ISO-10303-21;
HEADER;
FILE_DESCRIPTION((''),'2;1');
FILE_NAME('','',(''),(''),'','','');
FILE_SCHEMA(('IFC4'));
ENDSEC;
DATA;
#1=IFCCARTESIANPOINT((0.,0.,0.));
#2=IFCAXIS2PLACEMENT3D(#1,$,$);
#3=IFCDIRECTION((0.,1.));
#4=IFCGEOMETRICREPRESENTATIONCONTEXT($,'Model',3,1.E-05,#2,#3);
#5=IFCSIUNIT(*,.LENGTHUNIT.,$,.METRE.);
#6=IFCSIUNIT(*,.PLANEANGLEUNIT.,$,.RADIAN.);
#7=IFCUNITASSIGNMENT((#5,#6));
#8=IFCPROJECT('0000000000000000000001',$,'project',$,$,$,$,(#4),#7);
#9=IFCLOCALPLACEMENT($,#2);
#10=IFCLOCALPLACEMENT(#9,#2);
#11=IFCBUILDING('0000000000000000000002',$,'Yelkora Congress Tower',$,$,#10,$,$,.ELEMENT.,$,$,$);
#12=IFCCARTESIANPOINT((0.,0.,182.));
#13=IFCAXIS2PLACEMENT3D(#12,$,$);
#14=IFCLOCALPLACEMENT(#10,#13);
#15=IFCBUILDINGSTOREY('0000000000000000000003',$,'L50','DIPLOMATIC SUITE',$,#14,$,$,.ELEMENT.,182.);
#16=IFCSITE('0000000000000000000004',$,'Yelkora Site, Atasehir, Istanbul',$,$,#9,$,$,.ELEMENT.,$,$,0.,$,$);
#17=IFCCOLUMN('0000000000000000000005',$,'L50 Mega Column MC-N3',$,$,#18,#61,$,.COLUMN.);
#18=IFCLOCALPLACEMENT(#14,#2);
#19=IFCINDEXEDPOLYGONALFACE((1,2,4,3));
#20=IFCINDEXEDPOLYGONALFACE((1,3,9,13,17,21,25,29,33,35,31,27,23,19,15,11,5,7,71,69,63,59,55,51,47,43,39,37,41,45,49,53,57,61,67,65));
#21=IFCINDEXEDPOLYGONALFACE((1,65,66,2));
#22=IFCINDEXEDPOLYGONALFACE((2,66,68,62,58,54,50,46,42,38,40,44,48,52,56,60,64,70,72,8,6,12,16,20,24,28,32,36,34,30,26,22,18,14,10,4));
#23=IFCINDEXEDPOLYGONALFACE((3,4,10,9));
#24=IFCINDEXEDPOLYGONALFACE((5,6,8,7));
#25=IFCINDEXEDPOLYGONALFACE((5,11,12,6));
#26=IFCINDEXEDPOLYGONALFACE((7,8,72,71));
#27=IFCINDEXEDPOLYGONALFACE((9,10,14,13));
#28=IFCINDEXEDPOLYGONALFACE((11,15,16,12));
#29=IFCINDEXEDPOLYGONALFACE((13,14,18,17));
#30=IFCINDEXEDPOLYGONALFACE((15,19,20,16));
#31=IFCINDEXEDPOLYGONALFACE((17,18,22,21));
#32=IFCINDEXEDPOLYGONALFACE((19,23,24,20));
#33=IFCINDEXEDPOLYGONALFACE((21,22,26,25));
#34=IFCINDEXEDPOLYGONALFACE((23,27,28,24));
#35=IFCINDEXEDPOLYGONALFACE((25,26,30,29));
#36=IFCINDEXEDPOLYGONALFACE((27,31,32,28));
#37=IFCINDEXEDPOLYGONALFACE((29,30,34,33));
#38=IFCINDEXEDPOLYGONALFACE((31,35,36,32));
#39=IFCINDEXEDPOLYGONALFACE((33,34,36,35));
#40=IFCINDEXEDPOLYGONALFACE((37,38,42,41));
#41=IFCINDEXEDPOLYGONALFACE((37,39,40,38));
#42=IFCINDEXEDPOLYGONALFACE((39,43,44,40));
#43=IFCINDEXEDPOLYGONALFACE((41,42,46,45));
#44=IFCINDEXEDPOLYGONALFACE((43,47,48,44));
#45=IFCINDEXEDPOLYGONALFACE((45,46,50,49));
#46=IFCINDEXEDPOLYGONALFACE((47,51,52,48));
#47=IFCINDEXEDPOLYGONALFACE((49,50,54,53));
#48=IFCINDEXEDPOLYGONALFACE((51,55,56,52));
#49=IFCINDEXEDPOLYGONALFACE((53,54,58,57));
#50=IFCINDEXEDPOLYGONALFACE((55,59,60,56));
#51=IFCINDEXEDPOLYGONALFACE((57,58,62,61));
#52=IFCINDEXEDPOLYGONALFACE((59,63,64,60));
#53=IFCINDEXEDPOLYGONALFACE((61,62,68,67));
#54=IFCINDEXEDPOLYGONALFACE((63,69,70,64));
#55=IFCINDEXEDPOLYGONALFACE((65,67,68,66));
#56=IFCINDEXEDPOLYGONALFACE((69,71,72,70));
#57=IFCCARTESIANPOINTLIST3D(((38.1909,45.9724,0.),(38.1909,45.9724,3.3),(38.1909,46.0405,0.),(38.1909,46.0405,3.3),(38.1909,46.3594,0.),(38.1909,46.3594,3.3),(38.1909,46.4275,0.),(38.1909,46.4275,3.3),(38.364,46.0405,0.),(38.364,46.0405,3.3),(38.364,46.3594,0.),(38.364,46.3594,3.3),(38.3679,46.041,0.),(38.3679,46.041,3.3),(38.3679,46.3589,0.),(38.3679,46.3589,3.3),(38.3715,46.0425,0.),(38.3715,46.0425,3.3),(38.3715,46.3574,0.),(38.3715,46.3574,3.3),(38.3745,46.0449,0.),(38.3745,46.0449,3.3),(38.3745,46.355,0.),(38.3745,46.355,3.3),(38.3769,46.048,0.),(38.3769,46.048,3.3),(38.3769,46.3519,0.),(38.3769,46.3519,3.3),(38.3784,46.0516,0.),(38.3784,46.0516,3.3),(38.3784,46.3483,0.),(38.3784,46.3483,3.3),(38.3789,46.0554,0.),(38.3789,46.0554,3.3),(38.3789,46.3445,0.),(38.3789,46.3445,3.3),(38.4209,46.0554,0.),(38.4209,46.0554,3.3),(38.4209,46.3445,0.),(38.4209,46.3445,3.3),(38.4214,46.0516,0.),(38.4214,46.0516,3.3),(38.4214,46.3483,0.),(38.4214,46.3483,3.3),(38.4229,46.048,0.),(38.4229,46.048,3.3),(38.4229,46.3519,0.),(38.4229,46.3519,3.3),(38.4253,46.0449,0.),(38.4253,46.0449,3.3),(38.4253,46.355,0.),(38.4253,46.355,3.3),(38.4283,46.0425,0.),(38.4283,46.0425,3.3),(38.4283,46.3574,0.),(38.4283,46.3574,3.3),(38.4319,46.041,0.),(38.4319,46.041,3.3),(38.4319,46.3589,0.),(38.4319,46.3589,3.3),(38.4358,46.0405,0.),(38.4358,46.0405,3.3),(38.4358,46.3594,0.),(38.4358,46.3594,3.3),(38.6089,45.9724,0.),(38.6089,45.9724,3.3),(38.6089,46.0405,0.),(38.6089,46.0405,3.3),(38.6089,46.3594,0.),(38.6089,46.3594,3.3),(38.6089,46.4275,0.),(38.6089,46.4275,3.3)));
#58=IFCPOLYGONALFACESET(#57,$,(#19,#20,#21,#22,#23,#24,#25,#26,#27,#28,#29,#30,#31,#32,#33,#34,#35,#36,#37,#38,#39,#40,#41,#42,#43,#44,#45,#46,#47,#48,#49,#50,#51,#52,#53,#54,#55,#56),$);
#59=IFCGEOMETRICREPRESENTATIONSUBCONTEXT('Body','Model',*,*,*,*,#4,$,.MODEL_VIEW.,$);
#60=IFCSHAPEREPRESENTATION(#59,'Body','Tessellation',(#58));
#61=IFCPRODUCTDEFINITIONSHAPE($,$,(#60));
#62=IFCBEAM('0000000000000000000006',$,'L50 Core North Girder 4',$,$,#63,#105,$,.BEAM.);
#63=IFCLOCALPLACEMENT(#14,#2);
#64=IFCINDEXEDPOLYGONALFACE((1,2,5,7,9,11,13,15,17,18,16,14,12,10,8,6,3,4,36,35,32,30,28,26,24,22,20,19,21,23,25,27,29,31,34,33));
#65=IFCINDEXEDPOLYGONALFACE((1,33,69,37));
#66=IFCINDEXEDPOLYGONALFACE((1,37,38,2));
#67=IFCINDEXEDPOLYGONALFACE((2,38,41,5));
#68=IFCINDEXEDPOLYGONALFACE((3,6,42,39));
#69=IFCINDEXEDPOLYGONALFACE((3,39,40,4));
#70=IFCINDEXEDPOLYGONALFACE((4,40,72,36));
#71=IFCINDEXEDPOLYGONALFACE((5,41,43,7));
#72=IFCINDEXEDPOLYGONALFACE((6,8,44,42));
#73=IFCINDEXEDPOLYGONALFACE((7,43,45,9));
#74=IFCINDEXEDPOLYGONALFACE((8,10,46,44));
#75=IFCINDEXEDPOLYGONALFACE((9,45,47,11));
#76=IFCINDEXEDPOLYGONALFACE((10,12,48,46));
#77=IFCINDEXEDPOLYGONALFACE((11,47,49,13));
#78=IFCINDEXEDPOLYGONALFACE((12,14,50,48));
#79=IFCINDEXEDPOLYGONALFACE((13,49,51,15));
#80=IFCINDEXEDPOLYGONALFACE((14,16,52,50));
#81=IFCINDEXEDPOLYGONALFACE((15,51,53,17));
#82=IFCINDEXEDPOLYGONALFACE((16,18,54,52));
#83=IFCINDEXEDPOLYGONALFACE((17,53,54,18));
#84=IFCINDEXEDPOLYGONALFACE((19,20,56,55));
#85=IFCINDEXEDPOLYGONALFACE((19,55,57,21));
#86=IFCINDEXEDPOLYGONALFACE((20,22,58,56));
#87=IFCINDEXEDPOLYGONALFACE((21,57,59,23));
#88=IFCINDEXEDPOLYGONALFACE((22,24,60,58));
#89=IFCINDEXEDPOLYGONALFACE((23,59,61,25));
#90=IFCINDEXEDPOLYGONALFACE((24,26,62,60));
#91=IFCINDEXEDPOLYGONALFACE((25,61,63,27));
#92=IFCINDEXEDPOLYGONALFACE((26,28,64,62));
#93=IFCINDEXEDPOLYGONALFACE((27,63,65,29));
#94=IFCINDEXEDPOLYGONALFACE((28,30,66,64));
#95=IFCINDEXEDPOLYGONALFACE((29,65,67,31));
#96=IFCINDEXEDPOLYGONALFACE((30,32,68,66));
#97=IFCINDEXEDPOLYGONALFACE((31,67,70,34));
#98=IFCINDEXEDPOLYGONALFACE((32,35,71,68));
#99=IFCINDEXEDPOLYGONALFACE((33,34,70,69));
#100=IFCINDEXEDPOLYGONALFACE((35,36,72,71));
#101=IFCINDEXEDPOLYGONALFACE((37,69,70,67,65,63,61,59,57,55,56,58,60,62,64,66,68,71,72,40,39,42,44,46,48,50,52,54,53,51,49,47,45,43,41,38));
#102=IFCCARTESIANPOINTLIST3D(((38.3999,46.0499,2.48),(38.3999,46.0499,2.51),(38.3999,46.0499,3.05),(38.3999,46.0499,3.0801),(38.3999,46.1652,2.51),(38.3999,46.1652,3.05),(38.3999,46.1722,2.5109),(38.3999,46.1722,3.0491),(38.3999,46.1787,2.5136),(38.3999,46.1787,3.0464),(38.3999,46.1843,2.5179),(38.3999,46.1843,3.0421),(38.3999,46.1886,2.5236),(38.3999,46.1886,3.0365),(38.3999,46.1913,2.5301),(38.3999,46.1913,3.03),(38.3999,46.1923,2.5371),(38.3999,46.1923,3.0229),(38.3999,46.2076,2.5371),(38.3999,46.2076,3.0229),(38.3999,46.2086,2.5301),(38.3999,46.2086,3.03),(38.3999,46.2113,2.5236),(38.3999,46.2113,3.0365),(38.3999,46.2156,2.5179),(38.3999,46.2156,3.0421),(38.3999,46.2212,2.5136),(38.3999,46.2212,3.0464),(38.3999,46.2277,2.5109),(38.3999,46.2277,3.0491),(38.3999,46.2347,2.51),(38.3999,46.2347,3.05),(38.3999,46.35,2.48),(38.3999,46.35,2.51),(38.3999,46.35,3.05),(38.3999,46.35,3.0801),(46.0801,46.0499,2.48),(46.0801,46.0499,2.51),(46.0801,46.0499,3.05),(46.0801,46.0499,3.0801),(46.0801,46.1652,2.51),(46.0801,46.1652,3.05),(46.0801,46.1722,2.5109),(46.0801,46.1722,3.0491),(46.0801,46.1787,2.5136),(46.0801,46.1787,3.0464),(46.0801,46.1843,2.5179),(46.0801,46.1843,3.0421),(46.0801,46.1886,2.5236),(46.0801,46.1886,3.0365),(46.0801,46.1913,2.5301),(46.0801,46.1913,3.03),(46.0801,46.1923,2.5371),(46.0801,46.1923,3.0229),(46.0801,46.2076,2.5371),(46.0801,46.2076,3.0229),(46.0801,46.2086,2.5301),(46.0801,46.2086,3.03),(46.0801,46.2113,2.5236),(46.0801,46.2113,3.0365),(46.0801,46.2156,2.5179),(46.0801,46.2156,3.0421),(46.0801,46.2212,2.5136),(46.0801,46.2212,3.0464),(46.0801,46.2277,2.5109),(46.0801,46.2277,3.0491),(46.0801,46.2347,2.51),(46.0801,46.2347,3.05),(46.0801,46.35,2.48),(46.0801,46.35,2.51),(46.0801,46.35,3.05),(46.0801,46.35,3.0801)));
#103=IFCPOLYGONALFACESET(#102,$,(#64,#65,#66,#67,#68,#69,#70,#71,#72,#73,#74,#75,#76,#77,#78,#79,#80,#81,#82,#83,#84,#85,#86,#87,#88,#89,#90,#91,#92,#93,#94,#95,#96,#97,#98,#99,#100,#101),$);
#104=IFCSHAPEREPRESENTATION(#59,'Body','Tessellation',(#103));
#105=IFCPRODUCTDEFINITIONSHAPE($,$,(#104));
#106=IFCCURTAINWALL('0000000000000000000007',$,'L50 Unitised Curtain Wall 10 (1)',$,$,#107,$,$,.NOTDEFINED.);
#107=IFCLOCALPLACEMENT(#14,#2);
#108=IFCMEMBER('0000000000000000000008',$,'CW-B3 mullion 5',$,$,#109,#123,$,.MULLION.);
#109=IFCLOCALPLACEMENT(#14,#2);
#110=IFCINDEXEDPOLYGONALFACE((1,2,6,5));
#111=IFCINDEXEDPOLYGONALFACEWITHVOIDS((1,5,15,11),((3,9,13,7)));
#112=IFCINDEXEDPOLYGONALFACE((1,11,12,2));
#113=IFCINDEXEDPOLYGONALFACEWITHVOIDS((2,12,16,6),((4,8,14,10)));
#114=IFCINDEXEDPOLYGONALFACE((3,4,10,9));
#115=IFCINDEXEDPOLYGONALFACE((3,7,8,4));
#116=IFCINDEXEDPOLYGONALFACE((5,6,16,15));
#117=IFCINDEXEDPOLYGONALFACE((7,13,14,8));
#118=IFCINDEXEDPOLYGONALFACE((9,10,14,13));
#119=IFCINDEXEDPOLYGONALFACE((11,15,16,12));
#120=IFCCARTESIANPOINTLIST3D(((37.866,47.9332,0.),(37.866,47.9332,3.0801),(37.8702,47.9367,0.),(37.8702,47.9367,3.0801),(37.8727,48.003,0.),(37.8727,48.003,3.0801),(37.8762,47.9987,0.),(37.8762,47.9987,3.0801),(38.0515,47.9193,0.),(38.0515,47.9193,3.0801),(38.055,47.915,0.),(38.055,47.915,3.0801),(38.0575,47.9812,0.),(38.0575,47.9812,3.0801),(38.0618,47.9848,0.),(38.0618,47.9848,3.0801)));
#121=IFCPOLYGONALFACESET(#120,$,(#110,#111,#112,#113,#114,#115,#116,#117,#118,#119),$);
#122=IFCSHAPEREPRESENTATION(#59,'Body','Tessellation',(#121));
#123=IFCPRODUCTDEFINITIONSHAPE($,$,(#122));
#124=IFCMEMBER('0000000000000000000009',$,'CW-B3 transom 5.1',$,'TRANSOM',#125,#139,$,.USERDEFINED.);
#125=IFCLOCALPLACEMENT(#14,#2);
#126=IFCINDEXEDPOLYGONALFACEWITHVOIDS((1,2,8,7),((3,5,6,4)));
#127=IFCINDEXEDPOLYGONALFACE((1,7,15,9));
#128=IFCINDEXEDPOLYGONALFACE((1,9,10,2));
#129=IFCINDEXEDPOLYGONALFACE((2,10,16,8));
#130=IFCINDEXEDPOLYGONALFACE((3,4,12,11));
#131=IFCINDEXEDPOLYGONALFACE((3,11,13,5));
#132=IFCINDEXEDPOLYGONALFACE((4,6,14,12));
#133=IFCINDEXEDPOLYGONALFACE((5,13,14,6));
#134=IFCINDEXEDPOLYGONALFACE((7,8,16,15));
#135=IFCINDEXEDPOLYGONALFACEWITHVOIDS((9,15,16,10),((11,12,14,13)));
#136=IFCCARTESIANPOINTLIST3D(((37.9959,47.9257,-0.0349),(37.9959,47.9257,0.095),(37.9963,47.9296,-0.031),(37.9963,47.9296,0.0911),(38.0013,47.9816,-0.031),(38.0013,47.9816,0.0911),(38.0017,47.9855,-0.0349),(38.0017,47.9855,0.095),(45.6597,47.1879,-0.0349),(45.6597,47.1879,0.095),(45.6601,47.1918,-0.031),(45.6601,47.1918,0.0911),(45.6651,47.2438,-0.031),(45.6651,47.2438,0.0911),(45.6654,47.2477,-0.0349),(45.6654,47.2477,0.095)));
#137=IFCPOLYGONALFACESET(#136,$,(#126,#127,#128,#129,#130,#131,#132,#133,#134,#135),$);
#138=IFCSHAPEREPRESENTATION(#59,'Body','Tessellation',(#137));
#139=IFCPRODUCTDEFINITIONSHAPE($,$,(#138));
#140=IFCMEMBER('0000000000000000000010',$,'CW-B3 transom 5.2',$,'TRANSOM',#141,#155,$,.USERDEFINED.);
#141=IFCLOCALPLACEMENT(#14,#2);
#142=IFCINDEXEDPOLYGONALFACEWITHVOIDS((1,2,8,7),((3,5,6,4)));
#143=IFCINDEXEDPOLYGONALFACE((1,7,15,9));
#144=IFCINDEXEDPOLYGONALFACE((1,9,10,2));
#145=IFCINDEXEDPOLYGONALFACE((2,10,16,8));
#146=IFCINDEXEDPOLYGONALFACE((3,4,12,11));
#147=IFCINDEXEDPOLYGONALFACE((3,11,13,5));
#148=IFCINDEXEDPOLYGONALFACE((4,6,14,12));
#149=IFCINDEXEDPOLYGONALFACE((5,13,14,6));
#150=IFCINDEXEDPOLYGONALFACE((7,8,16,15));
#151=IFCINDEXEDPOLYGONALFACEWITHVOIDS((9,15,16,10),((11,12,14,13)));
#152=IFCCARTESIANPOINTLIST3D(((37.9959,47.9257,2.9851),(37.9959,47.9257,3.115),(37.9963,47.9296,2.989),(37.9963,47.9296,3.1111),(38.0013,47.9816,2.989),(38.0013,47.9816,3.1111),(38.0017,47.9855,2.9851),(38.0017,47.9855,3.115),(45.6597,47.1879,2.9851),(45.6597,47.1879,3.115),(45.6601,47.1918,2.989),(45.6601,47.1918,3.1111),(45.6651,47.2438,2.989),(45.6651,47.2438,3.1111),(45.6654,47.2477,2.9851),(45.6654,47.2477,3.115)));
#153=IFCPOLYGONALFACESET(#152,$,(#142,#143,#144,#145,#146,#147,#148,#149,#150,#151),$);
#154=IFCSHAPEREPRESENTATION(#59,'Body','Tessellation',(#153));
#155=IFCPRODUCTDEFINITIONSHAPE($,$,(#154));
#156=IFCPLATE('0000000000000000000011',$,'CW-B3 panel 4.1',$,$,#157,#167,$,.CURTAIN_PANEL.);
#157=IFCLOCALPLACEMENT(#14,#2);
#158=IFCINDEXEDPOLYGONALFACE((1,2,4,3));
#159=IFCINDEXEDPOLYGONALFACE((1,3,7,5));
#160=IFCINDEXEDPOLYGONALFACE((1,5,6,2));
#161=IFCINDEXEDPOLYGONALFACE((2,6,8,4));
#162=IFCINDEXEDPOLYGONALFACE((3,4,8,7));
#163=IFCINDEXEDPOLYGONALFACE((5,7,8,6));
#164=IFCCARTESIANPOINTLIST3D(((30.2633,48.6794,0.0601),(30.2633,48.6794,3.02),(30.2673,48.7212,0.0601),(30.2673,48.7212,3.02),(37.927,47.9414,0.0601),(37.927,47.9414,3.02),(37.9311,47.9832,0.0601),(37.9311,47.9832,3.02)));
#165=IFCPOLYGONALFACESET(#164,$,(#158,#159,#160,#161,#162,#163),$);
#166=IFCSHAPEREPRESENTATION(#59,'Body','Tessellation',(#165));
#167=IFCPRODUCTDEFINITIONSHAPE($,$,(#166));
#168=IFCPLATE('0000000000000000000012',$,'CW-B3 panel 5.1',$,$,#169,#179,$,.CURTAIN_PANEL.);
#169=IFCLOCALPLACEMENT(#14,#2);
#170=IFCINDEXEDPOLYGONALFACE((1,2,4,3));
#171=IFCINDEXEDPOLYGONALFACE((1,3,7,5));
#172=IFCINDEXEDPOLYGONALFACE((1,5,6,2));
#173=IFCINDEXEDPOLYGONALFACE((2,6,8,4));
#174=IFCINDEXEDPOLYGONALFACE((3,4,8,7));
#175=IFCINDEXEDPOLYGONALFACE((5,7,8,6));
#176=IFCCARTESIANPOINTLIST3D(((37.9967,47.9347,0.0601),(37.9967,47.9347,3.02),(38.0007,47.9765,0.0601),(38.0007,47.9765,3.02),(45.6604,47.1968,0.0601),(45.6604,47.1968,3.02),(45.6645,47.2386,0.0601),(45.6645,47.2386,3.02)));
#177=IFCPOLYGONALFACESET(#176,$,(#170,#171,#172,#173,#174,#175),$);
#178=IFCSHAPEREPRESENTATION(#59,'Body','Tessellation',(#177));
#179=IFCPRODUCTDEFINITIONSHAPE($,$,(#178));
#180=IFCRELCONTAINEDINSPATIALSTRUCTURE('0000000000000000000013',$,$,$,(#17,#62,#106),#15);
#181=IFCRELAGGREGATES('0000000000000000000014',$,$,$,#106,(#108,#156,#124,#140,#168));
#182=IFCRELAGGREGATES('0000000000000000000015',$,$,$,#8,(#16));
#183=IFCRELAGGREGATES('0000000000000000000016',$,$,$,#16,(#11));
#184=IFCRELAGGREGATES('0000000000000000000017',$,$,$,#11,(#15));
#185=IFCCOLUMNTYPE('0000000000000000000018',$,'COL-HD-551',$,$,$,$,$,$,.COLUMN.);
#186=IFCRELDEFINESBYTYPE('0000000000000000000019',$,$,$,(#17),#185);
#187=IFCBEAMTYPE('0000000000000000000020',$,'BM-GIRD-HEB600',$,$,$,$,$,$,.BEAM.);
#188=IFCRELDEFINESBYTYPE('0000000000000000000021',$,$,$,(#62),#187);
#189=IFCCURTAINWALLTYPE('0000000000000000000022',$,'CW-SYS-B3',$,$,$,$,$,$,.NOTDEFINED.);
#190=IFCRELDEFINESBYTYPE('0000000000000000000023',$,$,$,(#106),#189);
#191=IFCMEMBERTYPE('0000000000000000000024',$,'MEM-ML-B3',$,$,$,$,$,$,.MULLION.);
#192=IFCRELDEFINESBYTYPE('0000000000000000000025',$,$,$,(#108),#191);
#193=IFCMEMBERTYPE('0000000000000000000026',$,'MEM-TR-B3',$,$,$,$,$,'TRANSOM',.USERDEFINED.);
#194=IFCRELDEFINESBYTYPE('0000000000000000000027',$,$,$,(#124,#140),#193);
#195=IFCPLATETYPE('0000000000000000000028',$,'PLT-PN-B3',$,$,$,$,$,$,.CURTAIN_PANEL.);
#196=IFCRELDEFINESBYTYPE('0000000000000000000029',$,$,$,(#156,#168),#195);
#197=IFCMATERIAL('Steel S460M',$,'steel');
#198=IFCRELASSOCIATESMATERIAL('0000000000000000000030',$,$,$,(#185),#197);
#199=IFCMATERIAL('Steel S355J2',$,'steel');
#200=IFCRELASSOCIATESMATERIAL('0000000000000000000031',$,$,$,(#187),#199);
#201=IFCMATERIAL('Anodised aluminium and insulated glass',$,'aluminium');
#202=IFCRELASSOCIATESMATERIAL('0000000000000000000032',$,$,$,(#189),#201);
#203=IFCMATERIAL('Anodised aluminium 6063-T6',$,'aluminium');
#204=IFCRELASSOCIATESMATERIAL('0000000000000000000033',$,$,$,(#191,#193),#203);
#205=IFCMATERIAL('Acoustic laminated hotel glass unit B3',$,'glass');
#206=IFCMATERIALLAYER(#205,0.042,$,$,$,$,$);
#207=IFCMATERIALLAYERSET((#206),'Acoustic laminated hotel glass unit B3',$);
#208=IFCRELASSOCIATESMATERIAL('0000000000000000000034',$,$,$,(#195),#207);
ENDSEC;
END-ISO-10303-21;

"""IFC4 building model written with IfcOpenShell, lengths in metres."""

from ifc_helpers import new_model, si_unit, direction, frame, origin, origin_2d, place, context, subcontext, project, spatial, rectangle, hollow_rectangle, i_section, extrude, material, layer, layer_set, material_profile, profile_set, type_object, element, aggregate, save


model = new_model("IFC4")

# Units and contexts
model_context = context("Model", 3, precision=1e-05, world=origin(), true_north=direction((0.0, 1.0)))
body_context = subcontext(model_context, "Body", "Model", "MODEL_VIEW")
ifc_project = project(units=[si_unit("LENGTHUNIT", "METRE"), si_unit("PLANEANGLEUNIT", "RADIAN")], contexts=[model_context])

# Site, building, storey
site_placement = place(None, origin())
site = spatial("IfcSite", under=ifc_project, at=site_placement, Name="Yelkora Site, Atasehir, Istanbul", CompositionType="ELEMENT", RefElevation=0.0)
building_placement = place(site_placement, origin())
building = spatial("IfcBuilding", under=site, at=building_placement, Name="Yelkora Congress Tower", CompositionType="ELEMENT")
storey_placement = place(building_placement, frame((0.0, 0.0, 182.0)))
storey = spatial("IfcBuildingStorey", under=building, at=storey_placement, Name="L50", Description="DIPLOMATIC SUITE", CompositionType="ELEMENT", Elevation=182.0)

# Column
ifc_material_1 = material(Name="Steel S460M", Category="steel")
ifc_material_profile_1 = material_profile(ifc_material_1, i_section(OverallWidth=0.418, OverallDepth=0.4551, WebThickness=0.042, FlangeThickness=0.0681, FilletRadius=0.0149, at=origin_2d()), Name="HD 400x551")
ifc_profile_set_1 = profile_set([ifc_material_profile_1], Name="Steel S460M")
column_type = type_object("IfcColumnType", Name="COL-HD-551", PredefinedType="COLUMN", material=ifc_profile_set_1)
column_placement = place(storey_placement, frame((38.3999, 46.2, 0.0), z_axis=(0.0, 0.0, 1.0), x_axis=(1.0, 0.0, 0.0)))
element("IfcColumn", 1, at=column_placement, inside=storey, type_object=column_type, Name="L50 Mega Column MC-N3", PredefinedType="COLUMN", context=body_context, shape_type="SweptSolid", body=[
    extrude(i_section(OverallWidth=0.418, OverallDepth=0.4551, WebThickness=0.042, FlangeThickness=0.0681, FilletRadius=0.0149, at=origin_2d()), origin(), (0.0, 0.0, 1.0), 3.3),
])

# Beam
ifc_material_2 = material(Name="Steel S355J2", Category="steel")
ifc_material_profile_2 = material_profile(ifc_material_2, i_section(OverallWidth=0.3, OverallDepth=0.6001, WebThickness=0.0154, FlangeThickness=0.03, FilletRadius=0.0271, at=origin_2d()), Name="HEB 600")
ifc_profile_set_2 = profile_set([ifc_material_profile_2], Name="Steel S355J2")
beam_type = type_object("IfcBeamType", Name="BM-GIRD-HEB600", PredefinedType="BEAM", material=ifc_profile_set_2)
beam_placement = place(storey_placement, frame((38.3999, 46.2, 2.78), z_axis=(1.0, 0.0, 0.0), x_axis=(0.0, 1.0, 0.0)))
element("IfcBeam", 2, at=beam_placement, inside=storey, type_object=beam_type, Name="L50 Core North Girder 4", PredefinedType="BEAM", context=body_context, shape_type="SweptSolid", body=[
    extrude(i_section(OverallWidth=0.3, OverallDepth=0.6001, WebThickness=0.0154, FlangeThickness=0.03, FilletRadius=0.0271, at=origin_2d()), origin(), (0.0, 0.0, 1.0), 7.6802),
])

# Curtain wall, members, plates
ifc_material_3 = material(Name="Anodised aluminium and insulated glass", Category="aluminium")
curtain_wall_type = type_object("IfcCurtainWallType", Name="CW-SYS-B3", PredefinedType="NOTDEFINED", material=ifc_material_3)
curtain_wall_placement = place(storey_placement, origin())
curtain_wall = element("IfcCurtainWall", 3, at=curtain_wall_placement, inside=storey, type_object=curtain_wall_type, Name="L50 Unitised Curtain Wall 10 (1)", PredefinedType="NOTDEFINED")
ifc_material_4 = material(Name="Anodised aluminium 6063-T6", Category="aluminium")
ifc_material_profile_3 = material_profile(ifc_material_4, hollow_rectangle(XDim=0.0701, YDim=0.1899, WallThickness=0.0039, at=origin_2d()), Name="ALU 70x190x4")
ifc_profile_set_3 = profile_set([ifc_material_profile_3], Name="Anodised aluminium 6063-T6")
member_type_1 = type_object("IfcMemberType", Name="MEM-ML-B3", PredefinedType="MULLION", material=ifc_profile_set_3)
member_1_placement = place(storey_placement, frame((37.9639, 47.959, 0.0), z_axis=(0.0, 0.0, 1.0), x_axis=(0.095845, 0.995396, 0.0)))
member_1 = element("IfcMember", 4, at=member_1_placement, type_object=member_type_1, Name="CW-B3 mullion 5", PredefinedType="MULLION", context=body_context, shape_type="SweptSolid", body=[
    extrude(hollow_rectangle(XDim=0.0701, YDim=0.1899, WallThickness=0.0039, at=origin_2d()), origin(), (0.0, 0.0, 1.0), 3.0801),
])
ifc_material_profile_4 = material_profile(ifc_material_4, hollow_rectangle(XDim=0.0601, YDim=0.1299, WallThickness=0.0039, at=origin_2d()), Name="ALU 60x130x4")
ifc_profile_set_4 = profile_set([ifc_material_profile_4], Name="Anodised aluminium 6063-T6")
member_type_2 = type_object("IfcMemberType", Name="MEM-TR-B3", ElementType="TRANSOM", PredefinedType="USERDEFINED", material=ifc_profile_set_4)
member_2_placement = place(storey_placement, frame((37.9988, 47.9556, 0.03), z_axis=(0.995398, -0.095827, 0.0), x_axis=(0.095827, 0.995398, 0.0)))
member_2 = element("IfcMember", 5, at=member_2_placement, type_object=member_type_2, Name="CW-B3 transom 5.1", ObjectType="TRANSOM", PredefinedType="USERDEFINED", context=body_context, shape_type="SweptSolid", body=[
    extrude(hollow_rectangle(XDim=0.0601, YDim=0.1299, WallThickness=0.0039, at=origin_2d()), origin(), (0.0, 0.0, 1.0), 7.6992),
])
member_3_placement = place(storey_placement, frame((37.9988, 47.9556, 3.05), z_axis=(0.995398, -0.095827, 0.0), x_axis=(0.095827, 0.995398, 0.0)))
member_3 = element("IfcMember", 6, at=member_3_placement, type_object=member_type_2, Name="CW-B3 transom 5.2", ObjectType="TRANSOM", PredefinedType="USERDEFINED", context=body_context, shape_type="SweptSolid", body=[
    extrude(hollow_rectangle(XDim=0.0601, YDim=0.1299, WallThickness=0.0039, at=origin_2d()), origin(), (0.0, 0.0, 1.0), 7.6992),
])
ifc_material_5 = material(Name="Acoustic laminated hotel glass unit B3", Category="glass")
ifc_layer_1 = layer(ifc_material_5, 0.042)
ifc_layer_set_1 = layer_set([ifc_layer_1], Name="Acoustic laminated hotel glass unit B3")
plate_type = type_object("IfcPlateType", Name="PLT-PN-B3", PredefinedType="CURTAIN_PANEL", material=ifc_layer_set_1)
plate_1_placement = place(storey_placement, frame((34.0972, 48.3313, 0.0601), z_axis=(0.0, 0.0, 1.0), x_axis=(0.995396, -0.095845, 0.0)))
plate_1 = element("IfcPlate", 7, at=plate_1_placement, type_object=plate_type, Name="CW-B3 panel 4.1", PredefinedType="CURTAIN_PANEL", context=body_context, shape_type="SweptSolid", body=[
    extrude(rectangle(XDim=7.6992, YDim=0.042, at=origin_2d()), origin(), (0.0, 0.0, 1.0), 2.96),
])
plate_2_placement = place(storey_placement, frame((41.8306, 47.5867, 0.0601), z_axis=(0.0, 0.0, 1.0), x_axis=(0.995396, -0.095845, 0.0)))
plate_2 = element("IfcPlate", 8, at=plate_2_placement, type_object=plate_type, Name="CW-B3 panel 5.1", PredefinedType="CURTAIN_PANEL", context=body_context, shape_type="SweptSolid", body=[
    extrude(rectangle(XDim=7.6992, YDim=0.042, at=origin_2d()), origin(), (0.0, 0.0, 1.0), 2.96),
])
aggregate(curtain_wall, [member_1, plate_1, member_2, member_3, plate_2])

save(model, "model.ifc")
